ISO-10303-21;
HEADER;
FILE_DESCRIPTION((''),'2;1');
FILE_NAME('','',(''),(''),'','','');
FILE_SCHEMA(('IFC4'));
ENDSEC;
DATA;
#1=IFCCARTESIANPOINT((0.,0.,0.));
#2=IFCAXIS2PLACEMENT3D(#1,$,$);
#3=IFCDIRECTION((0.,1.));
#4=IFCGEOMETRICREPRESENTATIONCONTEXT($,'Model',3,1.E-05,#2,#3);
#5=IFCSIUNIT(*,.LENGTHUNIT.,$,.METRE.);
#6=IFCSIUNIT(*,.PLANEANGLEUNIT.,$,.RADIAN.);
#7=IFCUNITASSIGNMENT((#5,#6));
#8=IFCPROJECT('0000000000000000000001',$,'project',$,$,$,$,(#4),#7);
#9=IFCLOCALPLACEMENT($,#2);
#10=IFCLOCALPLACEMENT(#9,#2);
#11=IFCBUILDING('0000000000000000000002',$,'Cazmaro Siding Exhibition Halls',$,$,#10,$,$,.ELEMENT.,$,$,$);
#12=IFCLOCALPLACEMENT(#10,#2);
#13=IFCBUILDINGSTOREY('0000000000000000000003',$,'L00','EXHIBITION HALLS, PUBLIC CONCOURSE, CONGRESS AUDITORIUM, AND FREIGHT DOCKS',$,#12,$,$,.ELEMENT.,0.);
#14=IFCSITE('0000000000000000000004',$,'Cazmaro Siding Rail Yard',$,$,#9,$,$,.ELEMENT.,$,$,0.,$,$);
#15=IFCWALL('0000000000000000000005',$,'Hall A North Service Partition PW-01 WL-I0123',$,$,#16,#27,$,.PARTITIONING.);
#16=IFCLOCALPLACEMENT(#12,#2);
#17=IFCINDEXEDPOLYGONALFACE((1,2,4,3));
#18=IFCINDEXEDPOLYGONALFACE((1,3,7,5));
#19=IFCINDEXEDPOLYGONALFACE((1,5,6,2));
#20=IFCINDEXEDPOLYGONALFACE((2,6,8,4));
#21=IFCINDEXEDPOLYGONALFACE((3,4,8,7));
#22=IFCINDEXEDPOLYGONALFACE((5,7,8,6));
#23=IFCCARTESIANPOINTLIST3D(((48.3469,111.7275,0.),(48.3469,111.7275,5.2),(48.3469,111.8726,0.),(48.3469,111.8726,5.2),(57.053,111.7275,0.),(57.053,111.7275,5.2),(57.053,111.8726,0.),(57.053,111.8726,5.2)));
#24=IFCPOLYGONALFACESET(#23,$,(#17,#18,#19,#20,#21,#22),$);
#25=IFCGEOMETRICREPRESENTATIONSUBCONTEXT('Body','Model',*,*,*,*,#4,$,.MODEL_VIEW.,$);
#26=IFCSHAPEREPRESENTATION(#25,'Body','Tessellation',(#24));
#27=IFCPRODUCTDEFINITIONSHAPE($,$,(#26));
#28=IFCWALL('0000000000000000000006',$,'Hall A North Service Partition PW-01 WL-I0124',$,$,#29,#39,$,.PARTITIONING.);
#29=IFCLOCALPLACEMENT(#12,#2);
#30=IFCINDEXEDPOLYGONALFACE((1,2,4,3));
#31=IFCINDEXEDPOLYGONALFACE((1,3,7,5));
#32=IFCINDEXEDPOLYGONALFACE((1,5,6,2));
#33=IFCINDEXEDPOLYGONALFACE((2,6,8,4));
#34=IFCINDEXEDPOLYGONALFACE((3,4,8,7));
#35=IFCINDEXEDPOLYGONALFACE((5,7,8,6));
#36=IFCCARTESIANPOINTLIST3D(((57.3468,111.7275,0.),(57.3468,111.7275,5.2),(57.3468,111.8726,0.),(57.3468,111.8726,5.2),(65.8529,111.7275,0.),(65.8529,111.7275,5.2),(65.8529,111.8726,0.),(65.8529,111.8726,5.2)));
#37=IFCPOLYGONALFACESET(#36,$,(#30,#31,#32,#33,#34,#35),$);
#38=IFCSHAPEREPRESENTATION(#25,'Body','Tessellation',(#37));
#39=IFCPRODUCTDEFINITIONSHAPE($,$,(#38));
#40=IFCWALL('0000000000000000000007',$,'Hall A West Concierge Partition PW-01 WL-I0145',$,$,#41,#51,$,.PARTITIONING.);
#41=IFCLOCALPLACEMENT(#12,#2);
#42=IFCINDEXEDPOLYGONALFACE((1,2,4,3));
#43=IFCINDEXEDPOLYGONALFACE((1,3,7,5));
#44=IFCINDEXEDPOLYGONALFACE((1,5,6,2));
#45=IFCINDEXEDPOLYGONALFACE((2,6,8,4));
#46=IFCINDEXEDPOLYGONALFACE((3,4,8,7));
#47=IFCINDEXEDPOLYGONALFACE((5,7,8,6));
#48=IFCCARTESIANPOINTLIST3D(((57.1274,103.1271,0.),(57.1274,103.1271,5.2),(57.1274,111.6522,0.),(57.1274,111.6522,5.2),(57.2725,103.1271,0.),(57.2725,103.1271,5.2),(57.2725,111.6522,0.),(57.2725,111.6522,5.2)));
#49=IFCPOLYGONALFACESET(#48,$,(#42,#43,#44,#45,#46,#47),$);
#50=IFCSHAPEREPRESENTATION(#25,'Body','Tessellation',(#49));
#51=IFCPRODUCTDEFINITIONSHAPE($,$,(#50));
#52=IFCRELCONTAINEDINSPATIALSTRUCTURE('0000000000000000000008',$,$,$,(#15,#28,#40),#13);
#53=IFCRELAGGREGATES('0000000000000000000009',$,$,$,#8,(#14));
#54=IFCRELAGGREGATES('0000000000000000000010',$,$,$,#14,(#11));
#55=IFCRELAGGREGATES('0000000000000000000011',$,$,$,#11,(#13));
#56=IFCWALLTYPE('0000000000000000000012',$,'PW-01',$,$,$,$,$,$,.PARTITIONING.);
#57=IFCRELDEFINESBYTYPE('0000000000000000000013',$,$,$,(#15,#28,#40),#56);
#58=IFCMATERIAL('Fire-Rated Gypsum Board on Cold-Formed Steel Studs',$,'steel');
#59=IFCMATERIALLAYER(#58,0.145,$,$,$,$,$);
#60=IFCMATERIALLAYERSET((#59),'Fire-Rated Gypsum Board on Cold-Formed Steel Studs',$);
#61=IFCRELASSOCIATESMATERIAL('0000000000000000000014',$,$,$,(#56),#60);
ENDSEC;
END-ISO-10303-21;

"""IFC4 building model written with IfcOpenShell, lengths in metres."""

from ifc_helpers import new_model, si_unit, direction, frame, frame_2d, origin, place, context, subcontext, project, spatial, rectangle, extrude, material, layer, layer_set, type_object, element, save


model = new_model("IFC4")

# Units and contexts
model_context = context("Model", 3, precision=1e-05, world=origin(), true_north=direction((0.0, 1.0)))
body_context = subcontext(model_context, "Body", "Model", "MODEL_VIEW")
ifc_project = project(units=[si_unit("LENGTHUNIT", "METRE"), si_unit("PLANEANGLEUNIT", "RADIAN")], contexts=[model_context])

# Site, building, storey
site_placement = place(None, origin())
site = spatial("IfcSite", under=ifc_project, at=site_placement, Name="Cazmaro Siding Rail Yard", CompositionType="ELEMENT", RefElevation=0.0)
building_placement = place(site_placement, origin())
building = spatial("IfcBuilding", under=site, at=building_placement, Name="Cazmaro Siding Exhibition Halls", CompositionType="ELEMENT")
storey_placement = place(building_placement, origin())
storey = spatial("IfcBuildingStorey", under=building, at=storey_placement, Name="L00", Description="EXHIBITION HALLS, PUBLIC CONCOURSE, CONGRESS AUDITORIUM, AND FREIGHT DOCKS", CompositionType="ELEMENT", Elevation=0.0)

# Walls
ifc_material_1 = material(Name="Fire-Rated Gypsum Board on Cold-Formed Steel Studs", Category="steel")
ifc_layer_1 = layer(ifc_material_1, 0.145)
ifc_layer_set_1 = layer_set([ifc_layer_1], Name="Fire-Rated Gypsum Board on Cold-Formed Steel Studs")
wall_type = type_object("IfcWallType", Name="PW-01", PredefinedType="PARTITIONING", material=ifc_layer_set_1)
wall_1_placement = place(storey_placement, frame((48.3469, 111.8, 0.0), z_axis=(0.0, 0.0, 1.0), x_axis=(1.0, 0.0, 0.0)))
element("IfcWall", 1, at=wall_1_placement, inside=storey, type_object=wall_type, Name="Hall A North Service Partition PW-01 WL-I0123", PredefinedType="PARTITIONING", context=body_context, shape_type="SweptSolid", body=[
    extrude(rectangle(XDim=8.7061, YDim=0.145, at=frame_2d((4.353, 0.0))), origin(), (0.0, 0.0, 1.0), 5.2),
])
wall_2_placement = place(storey_placement, frame((57.3469, 111.8, 0.0), z_axis=(0.0, 0.0, 1.0), x_axis=(1.0, 0.0, 0.0)))
element("IfcWall", 2, at=wall_2_placement, inside=storey, type_object=wall_type, Name="Hall A North Service Partition PW-01 WL-I0124", PredefinedType="PARTITIONING", context=body_context, shape_type="SweptSolid", body=[
    extrude(rectangle(XDim=8.5061, YDim=0.145, at=frame_2d((4.2529, 0.0))), origin(), (0.0, 0.0, 1.0), 5.2),
])
wall_3_placement = place(storey_placement, frame((57.2, 103.127, 0.0), z_axis=(0.0, 0.0, 1.0), x_axis=(0.0, 1.0, 0.0)))
element("IfcWall", 3, at=wall_3_placement, inside=storey, type_object=wall_type, Name="Hall A West Concierge Partition PW-01 WL-I0145", PredefinedType="PARTITIONING", context=body_context, shape_type="SweptSolid", body=[
    extrude(rectangle(XDim=8.5251, YDim=0.145, at=frame_2d((4.2627, 0.0))), origin(), (0.0, 0.0, 1.0), 5.2),
])

save(model, "model.ifc")
